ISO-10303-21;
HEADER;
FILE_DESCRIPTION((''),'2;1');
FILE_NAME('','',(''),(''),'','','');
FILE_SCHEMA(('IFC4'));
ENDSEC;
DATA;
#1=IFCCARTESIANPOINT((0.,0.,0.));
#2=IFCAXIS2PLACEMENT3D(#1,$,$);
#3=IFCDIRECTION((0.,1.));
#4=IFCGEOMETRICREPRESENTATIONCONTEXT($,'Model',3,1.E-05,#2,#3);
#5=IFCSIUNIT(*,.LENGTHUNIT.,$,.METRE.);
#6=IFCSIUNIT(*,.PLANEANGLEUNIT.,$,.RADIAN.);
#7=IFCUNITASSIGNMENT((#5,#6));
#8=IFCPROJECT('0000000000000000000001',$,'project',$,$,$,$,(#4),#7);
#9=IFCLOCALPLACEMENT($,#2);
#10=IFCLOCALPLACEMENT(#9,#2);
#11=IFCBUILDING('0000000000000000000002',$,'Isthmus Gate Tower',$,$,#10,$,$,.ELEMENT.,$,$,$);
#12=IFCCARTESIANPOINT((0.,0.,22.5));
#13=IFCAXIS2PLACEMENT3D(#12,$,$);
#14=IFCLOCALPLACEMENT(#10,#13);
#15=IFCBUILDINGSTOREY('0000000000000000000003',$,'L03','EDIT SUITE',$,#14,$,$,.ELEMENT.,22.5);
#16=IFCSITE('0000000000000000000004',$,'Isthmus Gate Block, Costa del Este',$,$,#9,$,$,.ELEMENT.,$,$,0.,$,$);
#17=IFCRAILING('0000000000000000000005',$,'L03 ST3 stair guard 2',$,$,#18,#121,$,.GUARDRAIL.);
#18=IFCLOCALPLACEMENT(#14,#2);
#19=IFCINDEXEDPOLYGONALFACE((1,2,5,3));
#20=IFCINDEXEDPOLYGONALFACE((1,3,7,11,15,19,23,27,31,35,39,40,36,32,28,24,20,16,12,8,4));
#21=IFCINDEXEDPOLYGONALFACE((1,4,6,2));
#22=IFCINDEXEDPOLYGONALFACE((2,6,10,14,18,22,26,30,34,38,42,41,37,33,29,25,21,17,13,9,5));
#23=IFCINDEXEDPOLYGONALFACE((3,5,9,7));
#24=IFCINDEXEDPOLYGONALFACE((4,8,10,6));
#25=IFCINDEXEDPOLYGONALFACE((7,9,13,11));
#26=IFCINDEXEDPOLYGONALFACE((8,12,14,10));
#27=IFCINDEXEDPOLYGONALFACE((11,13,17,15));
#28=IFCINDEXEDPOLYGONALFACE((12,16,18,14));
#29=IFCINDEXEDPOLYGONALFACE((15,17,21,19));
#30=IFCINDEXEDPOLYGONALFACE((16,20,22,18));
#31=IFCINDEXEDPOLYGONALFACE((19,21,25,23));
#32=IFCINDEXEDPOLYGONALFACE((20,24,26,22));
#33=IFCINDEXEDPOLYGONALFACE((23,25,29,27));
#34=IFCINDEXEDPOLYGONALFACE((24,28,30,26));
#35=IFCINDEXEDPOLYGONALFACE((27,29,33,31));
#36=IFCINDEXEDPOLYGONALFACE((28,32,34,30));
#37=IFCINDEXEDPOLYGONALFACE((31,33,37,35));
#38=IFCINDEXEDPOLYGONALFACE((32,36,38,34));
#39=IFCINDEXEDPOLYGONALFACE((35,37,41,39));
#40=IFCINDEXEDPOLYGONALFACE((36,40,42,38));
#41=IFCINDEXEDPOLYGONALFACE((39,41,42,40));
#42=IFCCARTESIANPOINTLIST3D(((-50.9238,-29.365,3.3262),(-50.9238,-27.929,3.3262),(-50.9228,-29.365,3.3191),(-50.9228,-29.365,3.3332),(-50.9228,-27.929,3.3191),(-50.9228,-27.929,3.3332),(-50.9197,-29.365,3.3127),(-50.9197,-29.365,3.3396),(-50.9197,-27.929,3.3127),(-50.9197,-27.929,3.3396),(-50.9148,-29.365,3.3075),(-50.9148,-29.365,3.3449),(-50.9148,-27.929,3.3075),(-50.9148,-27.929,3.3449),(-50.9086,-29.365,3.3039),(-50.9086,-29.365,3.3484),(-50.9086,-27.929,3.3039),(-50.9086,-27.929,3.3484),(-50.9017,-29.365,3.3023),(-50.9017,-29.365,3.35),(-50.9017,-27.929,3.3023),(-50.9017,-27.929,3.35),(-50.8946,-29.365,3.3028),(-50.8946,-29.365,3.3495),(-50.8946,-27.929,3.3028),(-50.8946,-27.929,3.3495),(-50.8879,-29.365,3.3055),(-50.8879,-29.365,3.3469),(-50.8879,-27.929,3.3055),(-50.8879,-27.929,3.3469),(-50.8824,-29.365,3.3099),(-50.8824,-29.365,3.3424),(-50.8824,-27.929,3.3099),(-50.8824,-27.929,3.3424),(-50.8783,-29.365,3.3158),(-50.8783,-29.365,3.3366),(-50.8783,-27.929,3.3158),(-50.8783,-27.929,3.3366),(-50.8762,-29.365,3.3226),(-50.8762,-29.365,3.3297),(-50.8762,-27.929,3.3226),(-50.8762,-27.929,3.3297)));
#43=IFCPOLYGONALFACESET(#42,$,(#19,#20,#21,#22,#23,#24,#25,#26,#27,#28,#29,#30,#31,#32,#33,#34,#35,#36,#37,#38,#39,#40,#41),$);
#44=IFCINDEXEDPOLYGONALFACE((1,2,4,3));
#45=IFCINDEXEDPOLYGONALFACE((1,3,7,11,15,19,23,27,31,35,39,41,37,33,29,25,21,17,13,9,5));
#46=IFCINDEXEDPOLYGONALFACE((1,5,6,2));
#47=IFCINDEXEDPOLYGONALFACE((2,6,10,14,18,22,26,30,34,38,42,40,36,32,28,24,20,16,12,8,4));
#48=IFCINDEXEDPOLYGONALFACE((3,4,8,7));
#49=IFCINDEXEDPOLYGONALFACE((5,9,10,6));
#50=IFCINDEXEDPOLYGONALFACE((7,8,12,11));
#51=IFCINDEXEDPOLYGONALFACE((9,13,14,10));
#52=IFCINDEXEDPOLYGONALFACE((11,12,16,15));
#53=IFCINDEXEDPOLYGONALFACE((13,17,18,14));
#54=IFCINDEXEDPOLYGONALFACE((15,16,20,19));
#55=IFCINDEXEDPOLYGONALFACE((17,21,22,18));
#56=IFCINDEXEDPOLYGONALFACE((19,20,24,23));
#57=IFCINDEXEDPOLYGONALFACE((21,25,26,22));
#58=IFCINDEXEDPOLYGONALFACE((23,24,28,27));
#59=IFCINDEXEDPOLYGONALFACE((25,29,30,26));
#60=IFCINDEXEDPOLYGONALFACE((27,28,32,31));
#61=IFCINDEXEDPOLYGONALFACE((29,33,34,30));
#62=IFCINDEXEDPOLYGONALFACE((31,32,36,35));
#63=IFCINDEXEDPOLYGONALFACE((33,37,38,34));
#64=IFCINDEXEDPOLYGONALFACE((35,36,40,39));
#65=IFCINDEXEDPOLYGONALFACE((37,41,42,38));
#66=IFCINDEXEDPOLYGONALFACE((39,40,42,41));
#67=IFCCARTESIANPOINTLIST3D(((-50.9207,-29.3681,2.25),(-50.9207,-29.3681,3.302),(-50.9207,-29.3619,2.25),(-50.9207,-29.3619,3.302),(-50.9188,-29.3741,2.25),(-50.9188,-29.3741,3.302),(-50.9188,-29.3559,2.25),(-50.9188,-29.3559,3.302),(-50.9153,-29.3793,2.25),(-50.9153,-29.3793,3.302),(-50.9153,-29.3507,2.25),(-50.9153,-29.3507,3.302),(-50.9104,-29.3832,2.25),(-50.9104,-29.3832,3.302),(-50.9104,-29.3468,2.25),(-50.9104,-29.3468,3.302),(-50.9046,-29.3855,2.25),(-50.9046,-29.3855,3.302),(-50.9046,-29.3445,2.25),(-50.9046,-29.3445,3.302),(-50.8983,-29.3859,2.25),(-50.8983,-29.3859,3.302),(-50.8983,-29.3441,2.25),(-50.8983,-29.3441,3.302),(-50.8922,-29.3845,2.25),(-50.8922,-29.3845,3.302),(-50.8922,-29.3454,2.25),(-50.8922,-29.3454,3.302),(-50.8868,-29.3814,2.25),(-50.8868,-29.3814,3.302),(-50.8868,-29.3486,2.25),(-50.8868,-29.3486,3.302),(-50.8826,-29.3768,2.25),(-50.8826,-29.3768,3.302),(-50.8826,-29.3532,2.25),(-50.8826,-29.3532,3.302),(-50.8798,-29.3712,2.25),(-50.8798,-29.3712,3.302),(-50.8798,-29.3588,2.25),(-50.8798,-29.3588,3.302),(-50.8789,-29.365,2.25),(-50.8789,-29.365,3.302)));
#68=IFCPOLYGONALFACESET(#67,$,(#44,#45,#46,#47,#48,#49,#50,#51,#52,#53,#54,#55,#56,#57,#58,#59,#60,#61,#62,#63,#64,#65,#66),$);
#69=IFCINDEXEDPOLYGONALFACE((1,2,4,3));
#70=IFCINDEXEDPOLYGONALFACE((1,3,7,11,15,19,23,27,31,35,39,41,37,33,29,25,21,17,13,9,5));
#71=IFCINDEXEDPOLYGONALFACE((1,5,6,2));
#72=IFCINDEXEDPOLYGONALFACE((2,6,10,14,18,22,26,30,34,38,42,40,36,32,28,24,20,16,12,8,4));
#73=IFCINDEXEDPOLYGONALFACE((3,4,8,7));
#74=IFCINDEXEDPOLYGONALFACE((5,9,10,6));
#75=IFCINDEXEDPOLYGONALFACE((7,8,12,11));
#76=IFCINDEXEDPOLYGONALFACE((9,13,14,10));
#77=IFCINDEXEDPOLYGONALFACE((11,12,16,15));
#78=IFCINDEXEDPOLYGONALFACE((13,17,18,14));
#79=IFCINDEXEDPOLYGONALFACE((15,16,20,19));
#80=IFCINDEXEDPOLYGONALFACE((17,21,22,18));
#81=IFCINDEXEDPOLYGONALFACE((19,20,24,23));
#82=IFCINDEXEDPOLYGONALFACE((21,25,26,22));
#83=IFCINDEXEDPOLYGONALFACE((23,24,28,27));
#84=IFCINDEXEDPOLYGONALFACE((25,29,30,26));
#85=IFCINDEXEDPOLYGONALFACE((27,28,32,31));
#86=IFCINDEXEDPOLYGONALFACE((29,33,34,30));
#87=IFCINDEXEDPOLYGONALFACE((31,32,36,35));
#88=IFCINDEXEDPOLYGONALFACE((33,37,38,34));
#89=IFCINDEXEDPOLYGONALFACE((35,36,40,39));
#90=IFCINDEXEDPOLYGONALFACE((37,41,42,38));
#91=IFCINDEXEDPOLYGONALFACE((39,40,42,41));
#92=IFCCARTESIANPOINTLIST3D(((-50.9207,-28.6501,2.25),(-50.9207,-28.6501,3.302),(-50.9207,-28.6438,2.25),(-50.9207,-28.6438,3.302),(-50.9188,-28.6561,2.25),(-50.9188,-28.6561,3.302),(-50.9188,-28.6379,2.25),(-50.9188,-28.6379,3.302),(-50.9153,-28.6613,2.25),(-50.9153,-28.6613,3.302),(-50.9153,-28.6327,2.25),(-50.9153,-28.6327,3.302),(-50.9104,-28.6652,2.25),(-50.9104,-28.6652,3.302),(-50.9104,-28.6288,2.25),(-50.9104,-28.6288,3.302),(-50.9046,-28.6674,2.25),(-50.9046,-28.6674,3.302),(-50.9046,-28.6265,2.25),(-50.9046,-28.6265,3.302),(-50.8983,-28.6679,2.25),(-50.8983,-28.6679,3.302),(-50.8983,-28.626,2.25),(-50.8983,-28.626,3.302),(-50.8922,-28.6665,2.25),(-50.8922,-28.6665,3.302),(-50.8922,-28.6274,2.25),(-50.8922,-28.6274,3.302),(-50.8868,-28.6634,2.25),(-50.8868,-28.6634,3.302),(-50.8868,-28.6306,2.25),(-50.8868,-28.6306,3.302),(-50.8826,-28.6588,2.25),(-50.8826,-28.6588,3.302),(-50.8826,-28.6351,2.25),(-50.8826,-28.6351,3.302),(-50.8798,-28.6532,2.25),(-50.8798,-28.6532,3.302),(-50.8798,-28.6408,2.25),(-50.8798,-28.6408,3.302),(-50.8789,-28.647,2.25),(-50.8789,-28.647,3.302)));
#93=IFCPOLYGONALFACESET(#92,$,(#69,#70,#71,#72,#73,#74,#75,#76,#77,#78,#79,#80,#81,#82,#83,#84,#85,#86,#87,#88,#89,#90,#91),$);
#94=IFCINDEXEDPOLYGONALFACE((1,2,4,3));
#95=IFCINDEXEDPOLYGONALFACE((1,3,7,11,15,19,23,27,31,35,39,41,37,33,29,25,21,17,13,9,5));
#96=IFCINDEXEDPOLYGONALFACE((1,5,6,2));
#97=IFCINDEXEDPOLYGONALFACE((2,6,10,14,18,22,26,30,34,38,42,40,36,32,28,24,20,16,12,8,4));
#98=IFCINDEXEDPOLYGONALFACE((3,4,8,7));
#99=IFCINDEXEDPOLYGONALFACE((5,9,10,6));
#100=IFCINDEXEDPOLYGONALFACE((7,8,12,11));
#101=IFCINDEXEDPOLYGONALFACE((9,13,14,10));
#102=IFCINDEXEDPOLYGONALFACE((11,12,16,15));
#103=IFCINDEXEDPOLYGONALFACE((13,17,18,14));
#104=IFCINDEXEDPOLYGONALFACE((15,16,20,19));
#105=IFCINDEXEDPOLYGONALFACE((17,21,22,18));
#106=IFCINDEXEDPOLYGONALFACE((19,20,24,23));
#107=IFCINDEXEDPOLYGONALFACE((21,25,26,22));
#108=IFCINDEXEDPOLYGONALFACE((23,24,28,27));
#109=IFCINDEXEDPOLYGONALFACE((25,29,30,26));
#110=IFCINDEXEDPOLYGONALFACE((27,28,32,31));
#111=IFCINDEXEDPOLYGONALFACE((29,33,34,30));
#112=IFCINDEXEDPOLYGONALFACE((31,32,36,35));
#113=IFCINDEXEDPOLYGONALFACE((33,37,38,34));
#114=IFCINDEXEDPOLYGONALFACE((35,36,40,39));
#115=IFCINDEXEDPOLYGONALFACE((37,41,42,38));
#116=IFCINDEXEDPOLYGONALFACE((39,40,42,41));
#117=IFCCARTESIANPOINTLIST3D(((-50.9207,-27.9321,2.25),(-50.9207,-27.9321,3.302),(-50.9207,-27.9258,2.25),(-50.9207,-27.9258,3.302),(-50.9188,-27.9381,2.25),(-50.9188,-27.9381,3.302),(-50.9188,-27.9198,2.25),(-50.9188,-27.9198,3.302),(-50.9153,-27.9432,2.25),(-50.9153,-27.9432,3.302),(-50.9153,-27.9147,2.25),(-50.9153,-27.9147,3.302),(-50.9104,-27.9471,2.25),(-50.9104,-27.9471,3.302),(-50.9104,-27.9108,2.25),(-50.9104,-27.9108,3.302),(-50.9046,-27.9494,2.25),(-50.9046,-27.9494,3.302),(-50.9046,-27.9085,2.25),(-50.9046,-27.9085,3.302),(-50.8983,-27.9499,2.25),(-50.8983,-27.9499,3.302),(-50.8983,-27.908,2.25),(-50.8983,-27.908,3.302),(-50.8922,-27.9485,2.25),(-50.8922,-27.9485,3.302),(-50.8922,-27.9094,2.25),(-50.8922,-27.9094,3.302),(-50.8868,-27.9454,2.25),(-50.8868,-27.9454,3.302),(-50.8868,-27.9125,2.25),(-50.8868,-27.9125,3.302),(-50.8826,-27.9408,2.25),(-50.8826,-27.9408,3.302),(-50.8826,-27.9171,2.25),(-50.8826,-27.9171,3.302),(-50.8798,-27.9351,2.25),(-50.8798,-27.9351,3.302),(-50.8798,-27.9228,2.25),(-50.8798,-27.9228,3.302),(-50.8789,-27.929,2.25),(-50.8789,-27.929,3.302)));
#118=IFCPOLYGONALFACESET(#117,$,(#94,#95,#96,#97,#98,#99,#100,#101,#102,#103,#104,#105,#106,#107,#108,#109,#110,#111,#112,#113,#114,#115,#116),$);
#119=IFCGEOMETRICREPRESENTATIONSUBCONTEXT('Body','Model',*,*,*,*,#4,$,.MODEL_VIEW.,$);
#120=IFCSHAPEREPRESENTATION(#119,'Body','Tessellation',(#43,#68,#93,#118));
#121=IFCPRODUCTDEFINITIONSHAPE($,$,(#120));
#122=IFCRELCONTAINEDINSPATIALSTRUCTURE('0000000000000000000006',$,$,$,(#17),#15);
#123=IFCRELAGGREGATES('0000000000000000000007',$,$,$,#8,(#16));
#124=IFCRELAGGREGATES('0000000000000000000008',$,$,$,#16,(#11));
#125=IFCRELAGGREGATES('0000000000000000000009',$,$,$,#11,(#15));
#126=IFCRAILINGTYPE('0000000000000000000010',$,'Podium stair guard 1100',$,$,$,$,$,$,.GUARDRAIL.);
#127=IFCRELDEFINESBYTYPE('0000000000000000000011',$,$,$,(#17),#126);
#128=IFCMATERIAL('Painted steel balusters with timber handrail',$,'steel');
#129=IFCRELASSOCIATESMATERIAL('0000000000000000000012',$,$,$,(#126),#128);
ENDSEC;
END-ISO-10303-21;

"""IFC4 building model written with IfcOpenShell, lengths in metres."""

from ifc_helpers import new_model, si_unit, direction, frame, origin, origin_2d, place, context, subcontext, project, spatial, circle, extrude, material, type_object, element, save


model = new_model("IFC4")

# Units and contexts
model_context = context("Model", 3, precision=1e-05, world=origin(), true_north=direction((0.0, 1.0)))
body_context = subcontext(model_context, "Body", "Model", "MODEL_VIEW")
ifc_project = project(units=[si_unit("LENGTHUNIT", "METRE"), si_unit("PLANEANGLEUNIT", "RADIAN")], contexts=[model_context])

# Site, building, storey
site_placement = place(None, origin())
site = spatial("IfcSite", under=ifc_project, at=site_placement, Name="Isthmus Gate Block, Costa del Este", CompositionType="ELEMENT", RefElevation=0.0)
building_placement = place(site_placement, origin())
building = spatial("IfcBuilding", under=site, at=building_placement, Name="Isthmus Gate Tower", CompositionType="ELEMENT")
storey_placement = place(building_placement, frame((0.0, 0.0, 22.5)))
storey = spatial("IfcBuildingStorey", under=building, at=storey_placement, Name="L03", Description="EDIT SUITE", CompositionType="ELEMENT", Elevation=22.5)

# Railing
ifc_material_1 = material(Name="Painted steel balusters with timber handrail", Category="steel")
railing_type_1 = type_object("IfcRailingType", Name="Podium stair guard 1100", PredefinedType="GUARDRAIL", material=ifc_material_1)
railing_1_placement = place(storey_placement, frame((-50.8999, -29.365, 2.25)))
element("IfcRailing", 1, at=railing_1_placement, inside=storey, type_object=railing_type_1, Name="L03 ST3 stair guard 2", PredefinedType="GUARDRAIL", context=body_context, shape_type="SweptSolid", body=[
    extrude(circle(Radius=0.0239, at=origin_2d()), frame((0.0, 0.0, 1.0762), z_axis=(0.0, 1.0, 0.0), x_axis=(-1.0, 0.0, 0.0)), (0.0, 0.0, 1.0), 1.436),
    extrude(circle(Radius=0.021, at=origin_2d()), origin(), (0.0, 0.0, 1.0), 1.052),
    extrude(circle(Radius=0.021, at=origin_2d()), frame((0.0, 0.718, 0.0)), (0.0, 0.0, 1.0), 1.052),
    extrude(circle(Radius=0.021, at=origin_2d()), frame((0.0, 1.436, 0.0)), (0.0, 0.0, 1.0), 1.052),
])

save(model, "model.ifc")
